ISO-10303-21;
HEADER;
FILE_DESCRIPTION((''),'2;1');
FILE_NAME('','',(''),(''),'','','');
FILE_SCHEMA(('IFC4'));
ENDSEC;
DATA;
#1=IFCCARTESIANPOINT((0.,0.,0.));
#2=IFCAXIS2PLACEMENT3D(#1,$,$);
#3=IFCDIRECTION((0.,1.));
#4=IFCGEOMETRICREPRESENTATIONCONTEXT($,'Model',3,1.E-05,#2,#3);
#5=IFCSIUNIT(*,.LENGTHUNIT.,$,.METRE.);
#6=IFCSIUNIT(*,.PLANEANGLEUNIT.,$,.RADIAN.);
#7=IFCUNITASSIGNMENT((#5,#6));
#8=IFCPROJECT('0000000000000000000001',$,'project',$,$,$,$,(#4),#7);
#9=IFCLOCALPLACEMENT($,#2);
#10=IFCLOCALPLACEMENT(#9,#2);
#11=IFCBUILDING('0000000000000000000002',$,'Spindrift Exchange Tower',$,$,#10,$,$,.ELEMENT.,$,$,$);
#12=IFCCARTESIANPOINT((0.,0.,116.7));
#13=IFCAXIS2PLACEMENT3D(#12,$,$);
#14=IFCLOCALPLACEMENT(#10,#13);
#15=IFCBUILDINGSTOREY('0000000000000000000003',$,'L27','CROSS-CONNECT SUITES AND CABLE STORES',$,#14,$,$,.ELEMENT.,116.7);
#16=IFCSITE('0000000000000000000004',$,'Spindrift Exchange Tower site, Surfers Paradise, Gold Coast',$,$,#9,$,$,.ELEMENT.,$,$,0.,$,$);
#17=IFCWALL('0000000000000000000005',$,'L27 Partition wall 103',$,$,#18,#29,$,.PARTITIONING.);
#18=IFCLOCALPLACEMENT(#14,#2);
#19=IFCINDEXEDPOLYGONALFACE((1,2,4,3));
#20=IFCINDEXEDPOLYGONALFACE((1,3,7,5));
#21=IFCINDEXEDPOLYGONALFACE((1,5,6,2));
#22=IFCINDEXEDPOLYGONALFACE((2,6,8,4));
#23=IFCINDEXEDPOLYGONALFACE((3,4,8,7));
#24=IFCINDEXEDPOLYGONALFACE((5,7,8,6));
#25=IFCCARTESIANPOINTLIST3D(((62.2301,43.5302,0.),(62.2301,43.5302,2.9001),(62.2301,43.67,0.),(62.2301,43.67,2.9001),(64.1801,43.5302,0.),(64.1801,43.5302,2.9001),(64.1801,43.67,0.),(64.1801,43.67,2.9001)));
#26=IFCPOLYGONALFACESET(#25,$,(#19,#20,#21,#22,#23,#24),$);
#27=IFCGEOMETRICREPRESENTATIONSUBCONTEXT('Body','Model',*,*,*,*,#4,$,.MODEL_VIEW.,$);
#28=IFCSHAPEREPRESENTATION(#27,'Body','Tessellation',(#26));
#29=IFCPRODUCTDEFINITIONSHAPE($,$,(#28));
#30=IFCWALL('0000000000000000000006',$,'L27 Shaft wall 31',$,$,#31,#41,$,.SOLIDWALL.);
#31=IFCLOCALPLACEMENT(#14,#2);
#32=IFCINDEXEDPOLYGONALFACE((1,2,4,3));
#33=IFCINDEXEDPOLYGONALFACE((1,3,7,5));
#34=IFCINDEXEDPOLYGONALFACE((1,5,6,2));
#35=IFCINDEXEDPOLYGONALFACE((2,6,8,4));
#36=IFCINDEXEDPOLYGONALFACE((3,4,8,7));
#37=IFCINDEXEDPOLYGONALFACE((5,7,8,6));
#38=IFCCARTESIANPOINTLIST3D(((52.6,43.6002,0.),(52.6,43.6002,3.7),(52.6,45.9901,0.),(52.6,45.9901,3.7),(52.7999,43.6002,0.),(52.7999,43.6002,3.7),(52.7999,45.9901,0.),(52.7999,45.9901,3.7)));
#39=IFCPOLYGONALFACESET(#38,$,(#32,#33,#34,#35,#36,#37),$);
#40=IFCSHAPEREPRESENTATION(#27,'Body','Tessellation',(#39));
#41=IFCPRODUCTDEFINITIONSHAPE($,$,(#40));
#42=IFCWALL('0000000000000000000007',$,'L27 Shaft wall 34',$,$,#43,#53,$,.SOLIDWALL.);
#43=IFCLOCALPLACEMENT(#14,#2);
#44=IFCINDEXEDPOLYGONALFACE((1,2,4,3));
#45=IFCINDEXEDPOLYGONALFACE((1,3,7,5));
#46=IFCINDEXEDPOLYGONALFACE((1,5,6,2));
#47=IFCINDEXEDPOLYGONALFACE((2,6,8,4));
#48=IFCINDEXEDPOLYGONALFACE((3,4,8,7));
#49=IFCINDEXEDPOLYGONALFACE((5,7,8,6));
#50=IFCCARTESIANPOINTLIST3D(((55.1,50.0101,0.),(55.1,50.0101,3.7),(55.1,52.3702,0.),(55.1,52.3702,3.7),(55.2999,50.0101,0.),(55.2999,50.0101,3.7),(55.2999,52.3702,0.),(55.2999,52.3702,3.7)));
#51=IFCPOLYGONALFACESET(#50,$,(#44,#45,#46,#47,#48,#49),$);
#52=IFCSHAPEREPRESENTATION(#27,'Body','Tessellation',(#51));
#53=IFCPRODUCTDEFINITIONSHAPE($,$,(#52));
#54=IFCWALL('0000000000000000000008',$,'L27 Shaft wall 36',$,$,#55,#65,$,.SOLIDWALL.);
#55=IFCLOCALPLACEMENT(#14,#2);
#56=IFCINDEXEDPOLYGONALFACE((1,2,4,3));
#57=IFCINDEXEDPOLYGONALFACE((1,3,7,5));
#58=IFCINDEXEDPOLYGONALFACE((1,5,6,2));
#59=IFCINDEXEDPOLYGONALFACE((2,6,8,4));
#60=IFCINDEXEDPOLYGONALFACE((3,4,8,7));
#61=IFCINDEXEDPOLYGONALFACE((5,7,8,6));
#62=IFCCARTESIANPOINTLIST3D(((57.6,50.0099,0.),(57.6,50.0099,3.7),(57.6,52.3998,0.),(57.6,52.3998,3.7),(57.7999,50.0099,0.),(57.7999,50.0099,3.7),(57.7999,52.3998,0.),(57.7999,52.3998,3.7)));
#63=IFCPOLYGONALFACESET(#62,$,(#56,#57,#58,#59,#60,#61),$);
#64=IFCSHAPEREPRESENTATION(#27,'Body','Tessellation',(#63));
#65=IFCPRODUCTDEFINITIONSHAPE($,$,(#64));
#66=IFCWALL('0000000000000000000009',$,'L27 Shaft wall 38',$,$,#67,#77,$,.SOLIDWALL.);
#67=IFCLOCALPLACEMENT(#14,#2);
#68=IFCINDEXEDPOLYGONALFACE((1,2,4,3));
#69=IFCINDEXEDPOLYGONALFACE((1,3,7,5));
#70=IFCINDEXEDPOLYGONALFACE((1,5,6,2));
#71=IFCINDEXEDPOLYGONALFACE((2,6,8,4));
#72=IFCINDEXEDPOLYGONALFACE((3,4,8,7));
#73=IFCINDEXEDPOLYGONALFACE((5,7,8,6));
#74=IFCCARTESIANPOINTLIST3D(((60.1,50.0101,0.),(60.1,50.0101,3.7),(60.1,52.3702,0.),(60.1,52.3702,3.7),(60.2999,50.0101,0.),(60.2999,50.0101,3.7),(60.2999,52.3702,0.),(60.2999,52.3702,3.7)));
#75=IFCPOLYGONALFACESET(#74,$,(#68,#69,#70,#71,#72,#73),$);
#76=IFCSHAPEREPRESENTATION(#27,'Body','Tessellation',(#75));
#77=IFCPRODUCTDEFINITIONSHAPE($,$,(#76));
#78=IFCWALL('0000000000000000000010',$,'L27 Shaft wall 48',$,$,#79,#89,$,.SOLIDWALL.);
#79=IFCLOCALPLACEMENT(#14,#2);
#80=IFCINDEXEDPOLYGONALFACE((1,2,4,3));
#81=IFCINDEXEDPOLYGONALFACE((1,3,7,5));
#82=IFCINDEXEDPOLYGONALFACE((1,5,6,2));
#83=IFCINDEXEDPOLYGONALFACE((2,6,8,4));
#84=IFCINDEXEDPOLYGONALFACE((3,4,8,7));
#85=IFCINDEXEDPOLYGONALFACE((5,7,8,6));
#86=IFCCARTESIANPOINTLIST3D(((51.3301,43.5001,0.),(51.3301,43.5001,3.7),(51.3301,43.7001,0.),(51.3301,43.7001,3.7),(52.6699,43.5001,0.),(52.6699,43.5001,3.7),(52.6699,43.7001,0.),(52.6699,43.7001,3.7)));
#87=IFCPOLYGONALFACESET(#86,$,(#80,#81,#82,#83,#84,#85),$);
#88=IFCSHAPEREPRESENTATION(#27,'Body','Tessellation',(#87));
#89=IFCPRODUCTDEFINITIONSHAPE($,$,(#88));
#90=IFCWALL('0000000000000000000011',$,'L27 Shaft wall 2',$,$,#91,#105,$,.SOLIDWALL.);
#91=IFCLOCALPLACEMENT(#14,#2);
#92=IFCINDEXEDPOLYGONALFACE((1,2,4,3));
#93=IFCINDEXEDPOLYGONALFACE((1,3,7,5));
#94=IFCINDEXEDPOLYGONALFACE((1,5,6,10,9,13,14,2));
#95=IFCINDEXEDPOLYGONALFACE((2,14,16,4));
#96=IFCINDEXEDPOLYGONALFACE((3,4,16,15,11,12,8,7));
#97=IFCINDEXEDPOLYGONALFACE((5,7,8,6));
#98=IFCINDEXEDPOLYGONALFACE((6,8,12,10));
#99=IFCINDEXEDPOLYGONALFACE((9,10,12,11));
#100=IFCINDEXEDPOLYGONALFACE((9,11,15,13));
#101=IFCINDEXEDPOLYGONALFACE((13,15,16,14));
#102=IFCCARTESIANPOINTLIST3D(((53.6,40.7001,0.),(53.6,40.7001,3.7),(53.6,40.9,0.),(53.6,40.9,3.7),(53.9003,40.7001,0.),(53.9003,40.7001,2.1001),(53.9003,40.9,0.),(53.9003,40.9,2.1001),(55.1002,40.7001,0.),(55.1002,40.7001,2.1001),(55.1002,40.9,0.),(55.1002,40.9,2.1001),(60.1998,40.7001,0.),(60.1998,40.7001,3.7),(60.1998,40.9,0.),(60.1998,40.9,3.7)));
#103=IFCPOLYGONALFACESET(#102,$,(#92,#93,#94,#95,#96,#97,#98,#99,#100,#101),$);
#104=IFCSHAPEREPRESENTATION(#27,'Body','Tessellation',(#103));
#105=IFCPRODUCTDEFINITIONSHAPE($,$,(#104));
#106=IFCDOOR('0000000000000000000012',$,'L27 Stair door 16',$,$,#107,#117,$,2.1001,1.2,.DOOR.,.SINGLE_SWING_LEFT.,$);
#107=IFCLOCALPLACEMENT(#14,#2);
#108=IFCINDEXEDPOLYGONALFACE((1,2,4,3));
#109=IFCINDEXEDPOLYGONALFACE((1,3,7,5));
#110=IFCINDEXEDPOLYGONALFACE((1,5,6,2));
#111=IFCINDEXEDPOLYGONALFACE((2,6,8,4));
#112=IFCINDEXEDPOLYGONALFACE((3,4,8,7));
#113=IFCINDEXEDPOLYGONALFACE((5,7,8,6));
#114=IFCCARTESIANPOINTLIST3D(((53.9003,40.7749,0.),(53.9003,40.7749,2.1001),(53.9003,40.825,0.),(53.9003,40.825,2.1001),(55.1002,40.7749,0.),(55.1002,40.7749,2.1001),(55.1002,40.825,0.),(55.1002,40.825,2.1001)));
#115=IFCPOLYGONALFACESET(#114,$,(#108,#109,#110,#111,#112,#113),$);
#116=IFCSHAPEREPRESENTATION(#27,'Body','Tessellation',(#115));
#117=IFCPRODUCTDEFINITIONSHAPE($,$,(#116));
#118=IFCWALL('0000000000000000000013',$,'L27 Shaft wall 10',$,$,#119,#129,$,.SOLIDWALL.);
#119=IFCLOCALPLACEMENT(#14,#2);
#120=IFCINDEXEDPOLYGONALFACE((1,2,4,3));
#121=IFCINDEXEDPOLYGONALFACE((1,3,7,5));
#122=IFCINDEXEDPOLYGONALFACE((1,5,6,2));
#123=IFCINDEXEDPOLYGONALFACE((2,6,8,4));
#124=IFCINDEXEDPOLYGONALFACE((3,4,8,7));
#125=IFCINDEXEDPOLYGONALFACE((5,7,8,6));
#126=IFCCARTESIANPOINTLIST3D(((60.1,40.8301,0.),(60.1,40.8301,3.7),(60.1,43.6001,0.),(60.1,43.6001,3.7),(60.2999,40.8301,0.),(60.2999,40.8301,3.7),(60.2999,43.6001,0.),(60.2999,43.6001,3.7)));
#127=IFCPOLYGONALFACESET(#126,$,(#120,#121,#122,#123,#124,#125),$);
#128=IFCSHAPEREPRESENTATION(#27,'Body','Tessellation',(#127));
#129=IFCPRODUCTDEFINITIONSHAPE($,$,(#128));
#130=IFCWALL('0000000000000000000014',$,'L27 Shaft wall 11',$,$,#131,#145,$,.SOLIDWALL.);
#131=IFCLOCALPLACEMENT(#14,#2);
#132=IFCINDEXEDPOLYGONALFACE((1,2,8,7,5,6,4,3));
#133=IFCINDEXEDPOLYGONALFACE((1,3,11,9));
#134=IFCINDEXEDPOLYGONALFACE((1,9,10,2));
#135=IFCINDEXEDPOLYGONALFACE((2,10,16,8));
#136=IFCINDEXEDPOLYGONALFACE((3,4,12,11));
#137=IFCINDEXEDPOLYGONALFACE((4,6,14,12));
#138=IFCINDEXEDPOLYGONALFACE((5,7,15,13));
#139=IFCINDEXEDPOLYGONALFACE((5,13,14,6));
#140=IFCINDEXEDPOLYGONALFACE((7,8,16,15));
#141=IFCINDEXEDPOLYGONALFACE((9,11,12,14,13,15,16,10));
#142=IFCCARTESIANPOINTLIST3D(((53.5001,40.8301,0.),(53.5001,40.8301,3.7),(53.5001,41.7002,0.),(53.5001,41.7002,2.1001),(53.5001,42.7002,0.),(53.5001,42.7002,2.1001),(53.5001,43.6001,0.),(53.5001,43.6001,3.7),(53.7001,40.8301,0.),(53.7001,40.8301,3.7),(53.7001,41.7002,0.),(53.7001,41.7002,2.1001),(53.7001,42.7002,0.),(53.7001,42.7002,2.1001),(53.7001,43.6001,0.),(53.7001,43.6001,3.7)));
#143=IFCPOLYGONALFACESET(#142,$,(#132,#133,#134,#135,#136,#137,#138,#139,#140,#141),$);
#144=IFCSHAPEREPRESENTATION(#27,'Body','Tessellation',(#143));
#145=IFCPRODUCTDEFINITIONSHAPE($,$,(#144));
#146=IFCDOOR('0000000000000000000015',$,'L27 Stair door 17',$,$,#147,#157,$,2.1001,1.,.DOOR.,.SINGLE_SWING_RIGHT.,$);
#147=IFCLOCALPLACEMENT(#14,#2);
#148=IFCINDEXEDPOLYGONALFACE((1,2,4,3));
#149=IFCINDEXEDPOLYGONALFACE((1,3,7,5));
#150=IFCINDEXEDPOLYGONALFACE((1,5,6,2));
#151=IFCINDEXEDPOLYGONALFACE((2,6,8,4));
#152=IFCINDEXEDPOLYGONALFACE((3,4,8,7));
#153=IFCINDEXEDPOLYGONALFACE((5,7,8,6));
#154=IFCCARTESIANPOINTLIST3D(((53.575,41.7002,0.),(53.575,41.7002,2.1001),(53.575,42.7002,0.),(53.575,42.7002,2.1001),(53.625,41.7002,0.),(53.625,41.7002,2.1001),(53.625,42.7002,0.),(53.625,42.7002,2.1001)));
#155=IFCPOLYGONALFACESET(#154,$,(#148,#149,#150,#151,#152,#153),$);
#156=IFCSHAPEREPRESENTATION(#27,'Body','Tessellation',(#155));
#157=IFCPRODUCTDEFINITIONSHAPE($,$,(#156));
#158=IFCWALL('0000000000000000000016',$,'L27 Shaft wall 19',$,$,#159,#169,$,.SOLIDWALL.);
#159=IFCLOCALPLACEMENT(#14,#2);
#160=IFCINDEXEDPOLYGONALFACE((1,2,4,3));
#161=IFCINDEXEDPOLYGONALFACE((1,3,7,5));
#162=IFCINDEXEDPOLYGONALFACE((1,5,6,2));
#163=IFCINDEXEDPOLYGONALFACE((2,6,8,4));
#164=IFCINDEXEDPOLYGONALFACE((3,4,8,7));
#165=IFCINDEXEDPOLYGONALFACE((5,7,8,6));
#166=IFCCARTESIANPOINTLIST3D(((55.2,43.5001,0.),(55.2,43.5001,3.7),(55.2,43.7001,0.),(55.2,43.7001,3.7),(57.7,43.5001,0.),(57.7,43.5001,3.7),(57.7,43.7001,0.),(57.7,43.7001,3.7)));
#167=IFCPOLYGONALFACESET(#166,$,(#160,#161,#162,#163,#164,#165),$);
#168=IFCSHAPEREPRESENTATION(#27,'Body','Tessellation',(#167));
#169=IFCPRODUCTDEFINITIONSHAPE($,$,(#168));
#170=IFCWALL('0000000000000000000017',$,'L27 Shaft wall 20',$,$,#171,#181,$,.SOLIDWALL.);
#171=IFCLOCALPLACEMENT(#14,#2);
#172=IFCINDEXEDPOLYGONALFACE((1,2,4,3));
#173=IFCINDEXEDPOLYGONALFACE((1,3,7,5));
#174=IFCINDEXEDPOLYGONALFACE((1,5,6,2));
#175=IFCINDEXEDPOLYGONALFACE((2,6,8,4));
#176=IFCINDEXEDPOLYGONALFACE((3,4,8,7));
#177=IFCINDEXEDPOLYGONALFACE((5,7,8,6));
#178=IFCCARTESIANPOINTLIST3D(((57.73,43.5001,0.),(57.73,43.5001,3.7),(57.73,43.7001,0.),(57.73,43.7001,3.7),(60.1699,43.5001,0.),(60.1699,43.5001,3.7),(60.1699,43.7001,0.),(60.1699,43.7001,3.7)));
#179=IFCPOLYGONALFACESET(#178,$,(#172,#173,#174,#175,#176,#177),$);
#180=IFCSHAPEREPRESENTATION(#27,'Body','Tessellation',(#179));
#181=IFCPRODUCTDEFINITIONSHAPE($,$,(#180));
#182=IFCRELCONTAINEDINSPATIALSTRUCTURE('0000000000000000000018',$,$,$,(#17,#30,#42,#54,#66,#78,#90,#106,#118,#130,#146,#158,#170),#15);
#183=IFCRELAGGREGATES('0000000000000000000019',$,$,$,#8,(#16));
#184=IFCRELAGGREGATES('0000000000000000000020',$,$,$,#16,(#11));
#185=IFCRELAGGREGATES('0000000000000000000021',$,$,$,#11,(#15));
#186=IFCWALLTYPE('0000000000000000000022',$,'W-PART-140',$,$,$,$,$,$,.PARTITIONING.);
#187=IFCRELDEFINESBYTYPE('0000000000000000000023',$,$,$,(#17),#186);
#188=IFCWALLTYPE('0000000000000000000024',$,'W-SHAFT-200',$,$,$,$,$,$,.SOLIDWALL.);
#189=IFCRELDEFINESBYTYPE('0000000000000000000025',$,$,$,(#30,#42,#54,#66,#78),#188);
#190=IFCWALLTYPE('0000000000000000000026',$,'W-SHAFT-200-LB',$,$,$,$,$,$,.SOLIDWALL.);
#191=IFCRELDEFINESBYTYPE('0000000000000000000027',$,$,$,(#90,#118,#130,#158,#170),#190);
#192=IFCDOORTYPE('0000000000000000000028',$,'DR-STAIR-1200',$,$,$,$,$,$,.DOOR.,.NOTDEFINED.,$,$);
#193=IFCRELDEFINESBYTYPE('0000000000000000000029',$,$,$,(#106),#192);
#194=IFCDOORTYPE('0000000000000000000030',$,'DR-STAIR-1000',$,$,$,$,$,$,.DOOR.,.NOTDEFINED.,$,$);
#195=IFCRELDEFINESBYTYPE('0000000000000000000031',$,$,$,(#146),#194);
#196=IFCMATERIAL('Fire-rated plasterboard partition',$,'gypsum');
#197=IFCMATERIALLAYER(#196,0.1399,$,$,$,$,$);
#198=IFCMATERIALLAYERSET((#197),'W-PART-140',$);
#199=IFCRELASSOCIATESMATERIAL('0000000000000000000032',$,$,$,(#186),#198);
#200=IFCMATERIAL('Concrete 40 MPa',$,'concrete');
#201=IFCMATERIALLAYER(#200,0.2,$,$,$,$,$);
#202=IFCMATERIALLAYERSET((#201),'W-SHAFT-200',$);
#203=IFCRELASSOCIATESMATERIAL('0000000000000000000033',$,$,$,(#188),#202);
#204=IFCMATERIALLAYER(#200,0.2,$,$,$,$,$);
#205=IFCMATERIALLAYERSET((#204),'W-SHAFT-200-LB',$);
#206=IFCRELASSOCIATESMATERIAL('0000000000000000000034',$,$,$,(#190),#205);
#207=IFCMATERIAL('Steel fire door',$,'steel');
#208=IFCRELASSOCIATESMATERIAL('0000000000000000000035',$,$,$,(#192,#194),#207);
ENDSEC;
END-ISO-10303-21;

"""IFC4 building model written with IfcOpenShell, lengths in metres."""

from ifc_helpers import new_model, si_unit, direction, frame, frame_2d, origin, place, context, subcontext, project, spatial, rectangle, extrude, source, transform, mapped, material, layer, layer_set, type_object, element, fill, save


model = new_model("IFC4")

# Units and contexts
model_context = context("Model", 3, precision=1e-05, world=origin(), true_north=direction((0.0, 1.0)))
body_context = subcontext(model_context, "Body", "Model", "MODEL_VIEW")
ifc_project = project(units=[si_unit("LENGTHUNIT", "METRE"), si_unit("PLANEANGLEUNIT", "RADIAN")], contexts=[model_context])

# Site, building, storey
site_placement = place(None, origin())
site = spatial("IfcSite", under=ifc_project, at=site_placement, Name="Spindrift Exchange Tower site, Surfers Paradise, Gold Coast", CompositionType="ELEMENT", RefElevation=0.0)
building_placement = place(site_placement, origin())
building = spatial("IfcBuilding", under=site, at=building_placement, Name="Spindrift Exchange Tower", CompositionType="ELEMENT")
storey_placement = place(building_placement, frame((0.0, 0.0, 116.7)))
storey = spatial("IfcBuildingStorey", under=building, at=storey_placement, Name="L27", Description="CROSS-CONNECT SUITES AND CABLE STORES", CompositionType="ELEMENT", Elevation=116.7)

# Shared definitions
ifc_material_1 = material(Name="Fire-rated plasterboard partition", Category="gypsum")

# Walls
ifc_layer_1 = layer(ifc_material_1, 0.1399)
ifc_layer_set_1 = layer_set([ifc_layer_1], Name="W-PART-140")
wall_type_1 = type_object("IfcWallType", Name="W-PART-140", PredefinedType="PARTITIONING", material=ifc_layer_set_1)
wall_1_placement = place(storey_placement, frame((62.23, 43.6001, 0.0), z_axis=(0.0, 0.0, 1.0), x_axis=(1.0, 0.0, 0.0)))
element("IfcWall", 1, at=wall_1_placement, inside=storey, type_object=wall_type_1, Name="L27 Partition wall 103", PredefinedType="PARTITIONING", context=body_context, shape_type="SweptSolid", body=[
    extrude(rectangle(XDim=1.95, YDim=0.1399, at=frame_2d((0.9751, 0.0))), origin(), (0.0, 0.0, 1.0), 2.9001),
])
ifc_material_2 = material(Name="Concrete 40 MPa", Category="concrete")
ifc_layer_2 = layer(ifc_material_2, 0.2)
ifc_layer_set_2 = layer_set([ifc_layer_2], Name="W-SHAFT-200")
wall_type_2 = type_object("IfcWallType", Name="W-SHAFT-200", PredefinedType="SOLIDWALL", material=ifc_layer_set_2)
wall_2_placement = place(storey_placement, frame((52.7, 45.99, 0.0), z_axis=(0.0, 0.0, 1.0), x_axis=(0.0, -1.0, 0.0)))
element("IfcWall", 2, at=wall_2_placement, inside=storey, type_object=wall_type_2, Name="L27 Shaft wall 31", PredefinedType="SOLIDWALL", context=body_context, shape_type="SweptSolid", body=[
    extrude(rectangle(XDim=2.3899, YDim=0.2, at=frame_2d((1.1948, 0.0))), origin(), (0.0, 0.0, 1.0), 3.7),
])
wall_3_placement = place(storey_placement, frame((55.2, 50.01, 0.0), z_axis=(0.0, 0.0, 1.0), x_axis=(0.0, 1.0, 0.0)))
element("IfcWall", 3, at=wall_3_placement, inside=storey, type_object=wall_type_2, Name="L27 Shaft wall 34", PredefinedType="SOLIDWALL", context=body_context, shape_type="SweptSolid", body=[
    extrude(rectangle(XDim=2.3601, YDim=0.2, at=frame_2d((1.1802, 0.0))), origin(), (0.0, 0.0, 1.0), 3.7),
])
wall_4_placement = place(storey_placement, frame((57.7, 50.01, 0.0), z_axis=(0.0, 0.0, 1.0), x_axis=(0.0, 1.0, 0.0)))
element("IfcWall", 4, at=wall_4_placement, inside=storey, type_object=wall_type_2, Name="L27 Shaft wall 36", PredefinedType="SOLIDWALL", context=body_context, shape_type="SweptSolid", body=[
    extrude(rectangle(XDim=2.3899, YDim=0.2, at=frame_2d((1.1948, 0.0))), origin(), (0.0, 0.0, 1.0), 3.7),
])
wall_5_placement = place(storey_placement, frame((60.2, 50.01, 0.0), z_axis=(0.0, 0.0, 1.0), x_axis=(0.0, 1.0, 0.0)))
element("IfcWall", 5, at=wall_5_placement, inside=storey, type_object=wall_type_2, Name="L27 Shaft wall 38", PredefinedType="SOLIDWALL", context=body_context, shape_type="SweptSolid", body=[
    extrude(rectangle(XDim=2.3601, YDim=0.2, at=frame_2d((1.1802, 0.0))), origin(), (0.0, 0.0, 1.0), 3.7),
])
wall_6_placement = place(storey_placement, frame((52.6699, 43.6001, 0.0), z_axis=(0.0, 0.0, 1.0), x_axis=(-1.0, 0.0, 0.0)))
element("IfcWall", 6, at=wall_6_placement, inside=storey, type_object=wall_type_2, Name="L27 Shaft wall 48", PredefinedType="SOLIDWALL", context=body_context, shape_type="SweptSolid", body=[
    extrude(rectangle(XDim=1.3398, YDim=0.2, at=frame_2d((0.6699, 0.0))), origin(), (0.0, 0.0, 1.0), 3.7),
])

# Wall, opening, door
ifc_layer_3 = layer(ifc_material_2, 0.2)
ifc_layer_set_3 = layer_set([ifc_layer_3], Name="W-SHAFT-200-LB")
wall_type_3 = type_object("IfcWallType", Name="W-SHAFT-200-LB", PredefinedType="SOLIDWALL", material=ifc_layer_set_3)
wall_7_placement = place(storey_placement, frame((53.6001, 40.8, 0.0), z_axis=(0.0, 0.0, 1.0), x_axis=(1.0, 0.0, 0.0)))
wall_7 = element("IfcWall", 7, at=wall_7_placement, inside=storey, type_object=wall_type_3, Name="L27 Shaft wall 2", PredefinedType="SOLIDWALL", context=body_context, shape_type="SweptSolid", body=[
    extrude(rectangle(XDim=6.5999, YDim=0.2, at=frame_2d((3.2998, 0.0))), origin(), (0.0, 0.0, 1.0), 3.7),
])
opening_1_placement = place(wall_7_placement, frame((0.3, 0.0, 0.0)))
opening_1 = element("IfcOpeningElement", 8, at=opening_1_placement, cuts=wall_7, PredefinedType="OPENING", context=body_context, shape_type="SweptSolid", body=[
    extrude(rectangle(XDim=1.2, YDim=2.1001, at=frame_2d((0.6001, 1.05))), frame((0.0, 0.1099, 0.0), z_axis=(0.0, -1.0, 0.0), x_axis=(1.0, 0.0, 0.0)), (0.0, 0.0, 1.0), 0.22),
])
ifc_material_3 = material(Name="Steel fire door", Category="steel")
door_type_1 = type_object("IfcDoorType", Name="DR-STAIR-1200", OperationType="NOTDEFINED", PredefinedType="DOOR", material=ifc_material_3)
shared_shape_1 = source(origin(), body_context, "Body", "SweptSolid", [
    extrude(rectangle(XDim=1.2, YDim=2.1001, at=frame_2d((0.6001, 1.05))), frame((0.0, 0.0249, 0.0), z_axis=(0.0, -1.0, 0.0), x_axis=(1.0, 0.0, 0.0)), (0.0, 0.0, 1.0), 0.05),
])
door_1_placement = place(opening_1_placement, origin())
door_1 = element("IfcDoor", 9, at=door_1_placement, inside=storey, type_object=door_type_1, Name="L27 Stair door 16", OperationType="SINGLE_SWING_LEFT", OverallHeight=2.1001, OverallWidth=1.2, PredefinedType="DOOR", context=body_context, shape_type="MappedRepresentation", body=[
    mapped(shared_shape_1, transform((0.0, 0.0, 0.0), scale=1.0)),
])
fill(opening_1, door_1)

# Wall
wall_8_placement = place(storey_placement, frame((60.2, 40.8301, 0.0), z_axis=(0.0, 0.0, 1.0), x_axis=(0.0, 1.0, 0.0)))
element("IfcWall", 10, at=wall_8_placement, inside=storey, type_object=wall_type_3, Name="L27 Shaft wall 10", PredefinedType="SOLIDWALL", context=body_context, shape_type="SweptSolid", body=[
    extrude(rectangle(XDim=2.77, YDim=0.2, at=frame_2d((1.385, 0.0))), origin(), (0.0, 0.0, 1.0), 3.7),
])

# Wall, opening, door
wall_9_placement = place(storey_placement, frame((53.6001, 43.6001, 0.0), z_axis=(0.0, 0.0, 1.0), x_axis=(0.0, -1.0, 0.0)))
wall_9 = element("IfcWall", 11, at=wall_9_placement, inside=storey, type_object=wall_type_3, Name="L27 Shaft wall 11", PredefinedType="SOLIDWALL", context=body_context, shape_type="SweptSolid", body=[
    extrude(rectangle(XDim=2.77, YDim=0.2, at=frame_2d((1.385, 0.0))), origin(), (0.0, 0.0, 1.0), 3.7),
])
opening_2_placement = place(wall_9_placement, frame((0.8999, 0.0, 0.0)))
opening_2 = element("IfcOpeningElement", 12, at=opening_2_placement, cuts=wall_9, PredefinedType="OPENING", context=body_context, shape_type="SweptSolid", body=[
    extrude(rectangle(XDim=1.0, YDim=2.1001, at=frame_2d((0.5, 1.05))), frame((0.0, 0.1099, 0.0), z_axis=(0.0, -1.0, 0.0), x_axis=(1.0, 0.0, 0.0)), (0.0, 0.0, 1.0), 0.22),
])
door_type_2 = type_object("IfcDoorType", Name="DR-STAIR-1000", OperationType="NOTDEFINED", PredefinedType="DOOR", material=ifc_material_3)
shared_shape_2 = source(origin(), body_context, "Body", "SweptSolid", [
    extrude(rectangle(XDim=1.0, YDim=2.1001, at=frame_2d((0.5, 1.05))), frame((0.0, 0.0249, 0.0), z_axis=(0.0, -1.0, 0.0), x_axis=(1.0, 0.0, 0.0)), (0.0, 0.0, 1.0), 0.05),
])
door_2_placement = place(opening_2_placement, origin())
door_2 = element("IfcDoor", 13, at=door_2_placement, inside=storey, type_object=door_type_2, Name="L27 Stair door 17", OperationType="SINGLE_SWING_RIGHT", OverallHeight=2.1001, OverallWidth=1.0, PredefinedType="DOOR", context=body_context, shape_type="MappedRepresentation", body=[
    mapped(shared_shape_2, transform((0.0, 0.0, 0.0), scale=1.0)),
])
fill(opening_2, door_2)

# Walls
wall_10_placement = place(storey_placement, frame((55.2, 43.6001, 0.0), z_axis=(0.0, 0.0, 1.0), x_axis=(1.0, 0.0, 0.0)))
element("IfcWall", 14, at=wall_10_placement, inside=storey, type_object=wall_type_3, Name="L27 Shaft wall 19", PredefinedType="SOLIDWALL", context=body_context, shape_type="SweptSolid", body=[
    extrude(rectangle(XDim=2.5, YDim=0.2, at=frame_2d((1.25, 0.0))), origin(), (0.0, 0.0, 1.0), 3.7),
])
wall_11_placement = place(storey_placement, frame((57.73, 43.6001, 0.0), z_axis=(0.0, 0.0, 1.0), x_axis=(1.0, 0.0, 0.0)))
element("IfcWall", 15, at=wall_11_placement, inside=storey, type_object=wall_type_3, Name="L27 Shaft wall 20", PredefinedType="SOLIDWALL", context=body_context, shape_type="SweptSolid", body=[
    extrude(rectangle(XDim=2.4399, YDim=0.2, at=frame_2d((1.22, 0.0))), origin(), (0.0, 0.0, 1.0), 3.7),
])

save(model, "model.ifc")
